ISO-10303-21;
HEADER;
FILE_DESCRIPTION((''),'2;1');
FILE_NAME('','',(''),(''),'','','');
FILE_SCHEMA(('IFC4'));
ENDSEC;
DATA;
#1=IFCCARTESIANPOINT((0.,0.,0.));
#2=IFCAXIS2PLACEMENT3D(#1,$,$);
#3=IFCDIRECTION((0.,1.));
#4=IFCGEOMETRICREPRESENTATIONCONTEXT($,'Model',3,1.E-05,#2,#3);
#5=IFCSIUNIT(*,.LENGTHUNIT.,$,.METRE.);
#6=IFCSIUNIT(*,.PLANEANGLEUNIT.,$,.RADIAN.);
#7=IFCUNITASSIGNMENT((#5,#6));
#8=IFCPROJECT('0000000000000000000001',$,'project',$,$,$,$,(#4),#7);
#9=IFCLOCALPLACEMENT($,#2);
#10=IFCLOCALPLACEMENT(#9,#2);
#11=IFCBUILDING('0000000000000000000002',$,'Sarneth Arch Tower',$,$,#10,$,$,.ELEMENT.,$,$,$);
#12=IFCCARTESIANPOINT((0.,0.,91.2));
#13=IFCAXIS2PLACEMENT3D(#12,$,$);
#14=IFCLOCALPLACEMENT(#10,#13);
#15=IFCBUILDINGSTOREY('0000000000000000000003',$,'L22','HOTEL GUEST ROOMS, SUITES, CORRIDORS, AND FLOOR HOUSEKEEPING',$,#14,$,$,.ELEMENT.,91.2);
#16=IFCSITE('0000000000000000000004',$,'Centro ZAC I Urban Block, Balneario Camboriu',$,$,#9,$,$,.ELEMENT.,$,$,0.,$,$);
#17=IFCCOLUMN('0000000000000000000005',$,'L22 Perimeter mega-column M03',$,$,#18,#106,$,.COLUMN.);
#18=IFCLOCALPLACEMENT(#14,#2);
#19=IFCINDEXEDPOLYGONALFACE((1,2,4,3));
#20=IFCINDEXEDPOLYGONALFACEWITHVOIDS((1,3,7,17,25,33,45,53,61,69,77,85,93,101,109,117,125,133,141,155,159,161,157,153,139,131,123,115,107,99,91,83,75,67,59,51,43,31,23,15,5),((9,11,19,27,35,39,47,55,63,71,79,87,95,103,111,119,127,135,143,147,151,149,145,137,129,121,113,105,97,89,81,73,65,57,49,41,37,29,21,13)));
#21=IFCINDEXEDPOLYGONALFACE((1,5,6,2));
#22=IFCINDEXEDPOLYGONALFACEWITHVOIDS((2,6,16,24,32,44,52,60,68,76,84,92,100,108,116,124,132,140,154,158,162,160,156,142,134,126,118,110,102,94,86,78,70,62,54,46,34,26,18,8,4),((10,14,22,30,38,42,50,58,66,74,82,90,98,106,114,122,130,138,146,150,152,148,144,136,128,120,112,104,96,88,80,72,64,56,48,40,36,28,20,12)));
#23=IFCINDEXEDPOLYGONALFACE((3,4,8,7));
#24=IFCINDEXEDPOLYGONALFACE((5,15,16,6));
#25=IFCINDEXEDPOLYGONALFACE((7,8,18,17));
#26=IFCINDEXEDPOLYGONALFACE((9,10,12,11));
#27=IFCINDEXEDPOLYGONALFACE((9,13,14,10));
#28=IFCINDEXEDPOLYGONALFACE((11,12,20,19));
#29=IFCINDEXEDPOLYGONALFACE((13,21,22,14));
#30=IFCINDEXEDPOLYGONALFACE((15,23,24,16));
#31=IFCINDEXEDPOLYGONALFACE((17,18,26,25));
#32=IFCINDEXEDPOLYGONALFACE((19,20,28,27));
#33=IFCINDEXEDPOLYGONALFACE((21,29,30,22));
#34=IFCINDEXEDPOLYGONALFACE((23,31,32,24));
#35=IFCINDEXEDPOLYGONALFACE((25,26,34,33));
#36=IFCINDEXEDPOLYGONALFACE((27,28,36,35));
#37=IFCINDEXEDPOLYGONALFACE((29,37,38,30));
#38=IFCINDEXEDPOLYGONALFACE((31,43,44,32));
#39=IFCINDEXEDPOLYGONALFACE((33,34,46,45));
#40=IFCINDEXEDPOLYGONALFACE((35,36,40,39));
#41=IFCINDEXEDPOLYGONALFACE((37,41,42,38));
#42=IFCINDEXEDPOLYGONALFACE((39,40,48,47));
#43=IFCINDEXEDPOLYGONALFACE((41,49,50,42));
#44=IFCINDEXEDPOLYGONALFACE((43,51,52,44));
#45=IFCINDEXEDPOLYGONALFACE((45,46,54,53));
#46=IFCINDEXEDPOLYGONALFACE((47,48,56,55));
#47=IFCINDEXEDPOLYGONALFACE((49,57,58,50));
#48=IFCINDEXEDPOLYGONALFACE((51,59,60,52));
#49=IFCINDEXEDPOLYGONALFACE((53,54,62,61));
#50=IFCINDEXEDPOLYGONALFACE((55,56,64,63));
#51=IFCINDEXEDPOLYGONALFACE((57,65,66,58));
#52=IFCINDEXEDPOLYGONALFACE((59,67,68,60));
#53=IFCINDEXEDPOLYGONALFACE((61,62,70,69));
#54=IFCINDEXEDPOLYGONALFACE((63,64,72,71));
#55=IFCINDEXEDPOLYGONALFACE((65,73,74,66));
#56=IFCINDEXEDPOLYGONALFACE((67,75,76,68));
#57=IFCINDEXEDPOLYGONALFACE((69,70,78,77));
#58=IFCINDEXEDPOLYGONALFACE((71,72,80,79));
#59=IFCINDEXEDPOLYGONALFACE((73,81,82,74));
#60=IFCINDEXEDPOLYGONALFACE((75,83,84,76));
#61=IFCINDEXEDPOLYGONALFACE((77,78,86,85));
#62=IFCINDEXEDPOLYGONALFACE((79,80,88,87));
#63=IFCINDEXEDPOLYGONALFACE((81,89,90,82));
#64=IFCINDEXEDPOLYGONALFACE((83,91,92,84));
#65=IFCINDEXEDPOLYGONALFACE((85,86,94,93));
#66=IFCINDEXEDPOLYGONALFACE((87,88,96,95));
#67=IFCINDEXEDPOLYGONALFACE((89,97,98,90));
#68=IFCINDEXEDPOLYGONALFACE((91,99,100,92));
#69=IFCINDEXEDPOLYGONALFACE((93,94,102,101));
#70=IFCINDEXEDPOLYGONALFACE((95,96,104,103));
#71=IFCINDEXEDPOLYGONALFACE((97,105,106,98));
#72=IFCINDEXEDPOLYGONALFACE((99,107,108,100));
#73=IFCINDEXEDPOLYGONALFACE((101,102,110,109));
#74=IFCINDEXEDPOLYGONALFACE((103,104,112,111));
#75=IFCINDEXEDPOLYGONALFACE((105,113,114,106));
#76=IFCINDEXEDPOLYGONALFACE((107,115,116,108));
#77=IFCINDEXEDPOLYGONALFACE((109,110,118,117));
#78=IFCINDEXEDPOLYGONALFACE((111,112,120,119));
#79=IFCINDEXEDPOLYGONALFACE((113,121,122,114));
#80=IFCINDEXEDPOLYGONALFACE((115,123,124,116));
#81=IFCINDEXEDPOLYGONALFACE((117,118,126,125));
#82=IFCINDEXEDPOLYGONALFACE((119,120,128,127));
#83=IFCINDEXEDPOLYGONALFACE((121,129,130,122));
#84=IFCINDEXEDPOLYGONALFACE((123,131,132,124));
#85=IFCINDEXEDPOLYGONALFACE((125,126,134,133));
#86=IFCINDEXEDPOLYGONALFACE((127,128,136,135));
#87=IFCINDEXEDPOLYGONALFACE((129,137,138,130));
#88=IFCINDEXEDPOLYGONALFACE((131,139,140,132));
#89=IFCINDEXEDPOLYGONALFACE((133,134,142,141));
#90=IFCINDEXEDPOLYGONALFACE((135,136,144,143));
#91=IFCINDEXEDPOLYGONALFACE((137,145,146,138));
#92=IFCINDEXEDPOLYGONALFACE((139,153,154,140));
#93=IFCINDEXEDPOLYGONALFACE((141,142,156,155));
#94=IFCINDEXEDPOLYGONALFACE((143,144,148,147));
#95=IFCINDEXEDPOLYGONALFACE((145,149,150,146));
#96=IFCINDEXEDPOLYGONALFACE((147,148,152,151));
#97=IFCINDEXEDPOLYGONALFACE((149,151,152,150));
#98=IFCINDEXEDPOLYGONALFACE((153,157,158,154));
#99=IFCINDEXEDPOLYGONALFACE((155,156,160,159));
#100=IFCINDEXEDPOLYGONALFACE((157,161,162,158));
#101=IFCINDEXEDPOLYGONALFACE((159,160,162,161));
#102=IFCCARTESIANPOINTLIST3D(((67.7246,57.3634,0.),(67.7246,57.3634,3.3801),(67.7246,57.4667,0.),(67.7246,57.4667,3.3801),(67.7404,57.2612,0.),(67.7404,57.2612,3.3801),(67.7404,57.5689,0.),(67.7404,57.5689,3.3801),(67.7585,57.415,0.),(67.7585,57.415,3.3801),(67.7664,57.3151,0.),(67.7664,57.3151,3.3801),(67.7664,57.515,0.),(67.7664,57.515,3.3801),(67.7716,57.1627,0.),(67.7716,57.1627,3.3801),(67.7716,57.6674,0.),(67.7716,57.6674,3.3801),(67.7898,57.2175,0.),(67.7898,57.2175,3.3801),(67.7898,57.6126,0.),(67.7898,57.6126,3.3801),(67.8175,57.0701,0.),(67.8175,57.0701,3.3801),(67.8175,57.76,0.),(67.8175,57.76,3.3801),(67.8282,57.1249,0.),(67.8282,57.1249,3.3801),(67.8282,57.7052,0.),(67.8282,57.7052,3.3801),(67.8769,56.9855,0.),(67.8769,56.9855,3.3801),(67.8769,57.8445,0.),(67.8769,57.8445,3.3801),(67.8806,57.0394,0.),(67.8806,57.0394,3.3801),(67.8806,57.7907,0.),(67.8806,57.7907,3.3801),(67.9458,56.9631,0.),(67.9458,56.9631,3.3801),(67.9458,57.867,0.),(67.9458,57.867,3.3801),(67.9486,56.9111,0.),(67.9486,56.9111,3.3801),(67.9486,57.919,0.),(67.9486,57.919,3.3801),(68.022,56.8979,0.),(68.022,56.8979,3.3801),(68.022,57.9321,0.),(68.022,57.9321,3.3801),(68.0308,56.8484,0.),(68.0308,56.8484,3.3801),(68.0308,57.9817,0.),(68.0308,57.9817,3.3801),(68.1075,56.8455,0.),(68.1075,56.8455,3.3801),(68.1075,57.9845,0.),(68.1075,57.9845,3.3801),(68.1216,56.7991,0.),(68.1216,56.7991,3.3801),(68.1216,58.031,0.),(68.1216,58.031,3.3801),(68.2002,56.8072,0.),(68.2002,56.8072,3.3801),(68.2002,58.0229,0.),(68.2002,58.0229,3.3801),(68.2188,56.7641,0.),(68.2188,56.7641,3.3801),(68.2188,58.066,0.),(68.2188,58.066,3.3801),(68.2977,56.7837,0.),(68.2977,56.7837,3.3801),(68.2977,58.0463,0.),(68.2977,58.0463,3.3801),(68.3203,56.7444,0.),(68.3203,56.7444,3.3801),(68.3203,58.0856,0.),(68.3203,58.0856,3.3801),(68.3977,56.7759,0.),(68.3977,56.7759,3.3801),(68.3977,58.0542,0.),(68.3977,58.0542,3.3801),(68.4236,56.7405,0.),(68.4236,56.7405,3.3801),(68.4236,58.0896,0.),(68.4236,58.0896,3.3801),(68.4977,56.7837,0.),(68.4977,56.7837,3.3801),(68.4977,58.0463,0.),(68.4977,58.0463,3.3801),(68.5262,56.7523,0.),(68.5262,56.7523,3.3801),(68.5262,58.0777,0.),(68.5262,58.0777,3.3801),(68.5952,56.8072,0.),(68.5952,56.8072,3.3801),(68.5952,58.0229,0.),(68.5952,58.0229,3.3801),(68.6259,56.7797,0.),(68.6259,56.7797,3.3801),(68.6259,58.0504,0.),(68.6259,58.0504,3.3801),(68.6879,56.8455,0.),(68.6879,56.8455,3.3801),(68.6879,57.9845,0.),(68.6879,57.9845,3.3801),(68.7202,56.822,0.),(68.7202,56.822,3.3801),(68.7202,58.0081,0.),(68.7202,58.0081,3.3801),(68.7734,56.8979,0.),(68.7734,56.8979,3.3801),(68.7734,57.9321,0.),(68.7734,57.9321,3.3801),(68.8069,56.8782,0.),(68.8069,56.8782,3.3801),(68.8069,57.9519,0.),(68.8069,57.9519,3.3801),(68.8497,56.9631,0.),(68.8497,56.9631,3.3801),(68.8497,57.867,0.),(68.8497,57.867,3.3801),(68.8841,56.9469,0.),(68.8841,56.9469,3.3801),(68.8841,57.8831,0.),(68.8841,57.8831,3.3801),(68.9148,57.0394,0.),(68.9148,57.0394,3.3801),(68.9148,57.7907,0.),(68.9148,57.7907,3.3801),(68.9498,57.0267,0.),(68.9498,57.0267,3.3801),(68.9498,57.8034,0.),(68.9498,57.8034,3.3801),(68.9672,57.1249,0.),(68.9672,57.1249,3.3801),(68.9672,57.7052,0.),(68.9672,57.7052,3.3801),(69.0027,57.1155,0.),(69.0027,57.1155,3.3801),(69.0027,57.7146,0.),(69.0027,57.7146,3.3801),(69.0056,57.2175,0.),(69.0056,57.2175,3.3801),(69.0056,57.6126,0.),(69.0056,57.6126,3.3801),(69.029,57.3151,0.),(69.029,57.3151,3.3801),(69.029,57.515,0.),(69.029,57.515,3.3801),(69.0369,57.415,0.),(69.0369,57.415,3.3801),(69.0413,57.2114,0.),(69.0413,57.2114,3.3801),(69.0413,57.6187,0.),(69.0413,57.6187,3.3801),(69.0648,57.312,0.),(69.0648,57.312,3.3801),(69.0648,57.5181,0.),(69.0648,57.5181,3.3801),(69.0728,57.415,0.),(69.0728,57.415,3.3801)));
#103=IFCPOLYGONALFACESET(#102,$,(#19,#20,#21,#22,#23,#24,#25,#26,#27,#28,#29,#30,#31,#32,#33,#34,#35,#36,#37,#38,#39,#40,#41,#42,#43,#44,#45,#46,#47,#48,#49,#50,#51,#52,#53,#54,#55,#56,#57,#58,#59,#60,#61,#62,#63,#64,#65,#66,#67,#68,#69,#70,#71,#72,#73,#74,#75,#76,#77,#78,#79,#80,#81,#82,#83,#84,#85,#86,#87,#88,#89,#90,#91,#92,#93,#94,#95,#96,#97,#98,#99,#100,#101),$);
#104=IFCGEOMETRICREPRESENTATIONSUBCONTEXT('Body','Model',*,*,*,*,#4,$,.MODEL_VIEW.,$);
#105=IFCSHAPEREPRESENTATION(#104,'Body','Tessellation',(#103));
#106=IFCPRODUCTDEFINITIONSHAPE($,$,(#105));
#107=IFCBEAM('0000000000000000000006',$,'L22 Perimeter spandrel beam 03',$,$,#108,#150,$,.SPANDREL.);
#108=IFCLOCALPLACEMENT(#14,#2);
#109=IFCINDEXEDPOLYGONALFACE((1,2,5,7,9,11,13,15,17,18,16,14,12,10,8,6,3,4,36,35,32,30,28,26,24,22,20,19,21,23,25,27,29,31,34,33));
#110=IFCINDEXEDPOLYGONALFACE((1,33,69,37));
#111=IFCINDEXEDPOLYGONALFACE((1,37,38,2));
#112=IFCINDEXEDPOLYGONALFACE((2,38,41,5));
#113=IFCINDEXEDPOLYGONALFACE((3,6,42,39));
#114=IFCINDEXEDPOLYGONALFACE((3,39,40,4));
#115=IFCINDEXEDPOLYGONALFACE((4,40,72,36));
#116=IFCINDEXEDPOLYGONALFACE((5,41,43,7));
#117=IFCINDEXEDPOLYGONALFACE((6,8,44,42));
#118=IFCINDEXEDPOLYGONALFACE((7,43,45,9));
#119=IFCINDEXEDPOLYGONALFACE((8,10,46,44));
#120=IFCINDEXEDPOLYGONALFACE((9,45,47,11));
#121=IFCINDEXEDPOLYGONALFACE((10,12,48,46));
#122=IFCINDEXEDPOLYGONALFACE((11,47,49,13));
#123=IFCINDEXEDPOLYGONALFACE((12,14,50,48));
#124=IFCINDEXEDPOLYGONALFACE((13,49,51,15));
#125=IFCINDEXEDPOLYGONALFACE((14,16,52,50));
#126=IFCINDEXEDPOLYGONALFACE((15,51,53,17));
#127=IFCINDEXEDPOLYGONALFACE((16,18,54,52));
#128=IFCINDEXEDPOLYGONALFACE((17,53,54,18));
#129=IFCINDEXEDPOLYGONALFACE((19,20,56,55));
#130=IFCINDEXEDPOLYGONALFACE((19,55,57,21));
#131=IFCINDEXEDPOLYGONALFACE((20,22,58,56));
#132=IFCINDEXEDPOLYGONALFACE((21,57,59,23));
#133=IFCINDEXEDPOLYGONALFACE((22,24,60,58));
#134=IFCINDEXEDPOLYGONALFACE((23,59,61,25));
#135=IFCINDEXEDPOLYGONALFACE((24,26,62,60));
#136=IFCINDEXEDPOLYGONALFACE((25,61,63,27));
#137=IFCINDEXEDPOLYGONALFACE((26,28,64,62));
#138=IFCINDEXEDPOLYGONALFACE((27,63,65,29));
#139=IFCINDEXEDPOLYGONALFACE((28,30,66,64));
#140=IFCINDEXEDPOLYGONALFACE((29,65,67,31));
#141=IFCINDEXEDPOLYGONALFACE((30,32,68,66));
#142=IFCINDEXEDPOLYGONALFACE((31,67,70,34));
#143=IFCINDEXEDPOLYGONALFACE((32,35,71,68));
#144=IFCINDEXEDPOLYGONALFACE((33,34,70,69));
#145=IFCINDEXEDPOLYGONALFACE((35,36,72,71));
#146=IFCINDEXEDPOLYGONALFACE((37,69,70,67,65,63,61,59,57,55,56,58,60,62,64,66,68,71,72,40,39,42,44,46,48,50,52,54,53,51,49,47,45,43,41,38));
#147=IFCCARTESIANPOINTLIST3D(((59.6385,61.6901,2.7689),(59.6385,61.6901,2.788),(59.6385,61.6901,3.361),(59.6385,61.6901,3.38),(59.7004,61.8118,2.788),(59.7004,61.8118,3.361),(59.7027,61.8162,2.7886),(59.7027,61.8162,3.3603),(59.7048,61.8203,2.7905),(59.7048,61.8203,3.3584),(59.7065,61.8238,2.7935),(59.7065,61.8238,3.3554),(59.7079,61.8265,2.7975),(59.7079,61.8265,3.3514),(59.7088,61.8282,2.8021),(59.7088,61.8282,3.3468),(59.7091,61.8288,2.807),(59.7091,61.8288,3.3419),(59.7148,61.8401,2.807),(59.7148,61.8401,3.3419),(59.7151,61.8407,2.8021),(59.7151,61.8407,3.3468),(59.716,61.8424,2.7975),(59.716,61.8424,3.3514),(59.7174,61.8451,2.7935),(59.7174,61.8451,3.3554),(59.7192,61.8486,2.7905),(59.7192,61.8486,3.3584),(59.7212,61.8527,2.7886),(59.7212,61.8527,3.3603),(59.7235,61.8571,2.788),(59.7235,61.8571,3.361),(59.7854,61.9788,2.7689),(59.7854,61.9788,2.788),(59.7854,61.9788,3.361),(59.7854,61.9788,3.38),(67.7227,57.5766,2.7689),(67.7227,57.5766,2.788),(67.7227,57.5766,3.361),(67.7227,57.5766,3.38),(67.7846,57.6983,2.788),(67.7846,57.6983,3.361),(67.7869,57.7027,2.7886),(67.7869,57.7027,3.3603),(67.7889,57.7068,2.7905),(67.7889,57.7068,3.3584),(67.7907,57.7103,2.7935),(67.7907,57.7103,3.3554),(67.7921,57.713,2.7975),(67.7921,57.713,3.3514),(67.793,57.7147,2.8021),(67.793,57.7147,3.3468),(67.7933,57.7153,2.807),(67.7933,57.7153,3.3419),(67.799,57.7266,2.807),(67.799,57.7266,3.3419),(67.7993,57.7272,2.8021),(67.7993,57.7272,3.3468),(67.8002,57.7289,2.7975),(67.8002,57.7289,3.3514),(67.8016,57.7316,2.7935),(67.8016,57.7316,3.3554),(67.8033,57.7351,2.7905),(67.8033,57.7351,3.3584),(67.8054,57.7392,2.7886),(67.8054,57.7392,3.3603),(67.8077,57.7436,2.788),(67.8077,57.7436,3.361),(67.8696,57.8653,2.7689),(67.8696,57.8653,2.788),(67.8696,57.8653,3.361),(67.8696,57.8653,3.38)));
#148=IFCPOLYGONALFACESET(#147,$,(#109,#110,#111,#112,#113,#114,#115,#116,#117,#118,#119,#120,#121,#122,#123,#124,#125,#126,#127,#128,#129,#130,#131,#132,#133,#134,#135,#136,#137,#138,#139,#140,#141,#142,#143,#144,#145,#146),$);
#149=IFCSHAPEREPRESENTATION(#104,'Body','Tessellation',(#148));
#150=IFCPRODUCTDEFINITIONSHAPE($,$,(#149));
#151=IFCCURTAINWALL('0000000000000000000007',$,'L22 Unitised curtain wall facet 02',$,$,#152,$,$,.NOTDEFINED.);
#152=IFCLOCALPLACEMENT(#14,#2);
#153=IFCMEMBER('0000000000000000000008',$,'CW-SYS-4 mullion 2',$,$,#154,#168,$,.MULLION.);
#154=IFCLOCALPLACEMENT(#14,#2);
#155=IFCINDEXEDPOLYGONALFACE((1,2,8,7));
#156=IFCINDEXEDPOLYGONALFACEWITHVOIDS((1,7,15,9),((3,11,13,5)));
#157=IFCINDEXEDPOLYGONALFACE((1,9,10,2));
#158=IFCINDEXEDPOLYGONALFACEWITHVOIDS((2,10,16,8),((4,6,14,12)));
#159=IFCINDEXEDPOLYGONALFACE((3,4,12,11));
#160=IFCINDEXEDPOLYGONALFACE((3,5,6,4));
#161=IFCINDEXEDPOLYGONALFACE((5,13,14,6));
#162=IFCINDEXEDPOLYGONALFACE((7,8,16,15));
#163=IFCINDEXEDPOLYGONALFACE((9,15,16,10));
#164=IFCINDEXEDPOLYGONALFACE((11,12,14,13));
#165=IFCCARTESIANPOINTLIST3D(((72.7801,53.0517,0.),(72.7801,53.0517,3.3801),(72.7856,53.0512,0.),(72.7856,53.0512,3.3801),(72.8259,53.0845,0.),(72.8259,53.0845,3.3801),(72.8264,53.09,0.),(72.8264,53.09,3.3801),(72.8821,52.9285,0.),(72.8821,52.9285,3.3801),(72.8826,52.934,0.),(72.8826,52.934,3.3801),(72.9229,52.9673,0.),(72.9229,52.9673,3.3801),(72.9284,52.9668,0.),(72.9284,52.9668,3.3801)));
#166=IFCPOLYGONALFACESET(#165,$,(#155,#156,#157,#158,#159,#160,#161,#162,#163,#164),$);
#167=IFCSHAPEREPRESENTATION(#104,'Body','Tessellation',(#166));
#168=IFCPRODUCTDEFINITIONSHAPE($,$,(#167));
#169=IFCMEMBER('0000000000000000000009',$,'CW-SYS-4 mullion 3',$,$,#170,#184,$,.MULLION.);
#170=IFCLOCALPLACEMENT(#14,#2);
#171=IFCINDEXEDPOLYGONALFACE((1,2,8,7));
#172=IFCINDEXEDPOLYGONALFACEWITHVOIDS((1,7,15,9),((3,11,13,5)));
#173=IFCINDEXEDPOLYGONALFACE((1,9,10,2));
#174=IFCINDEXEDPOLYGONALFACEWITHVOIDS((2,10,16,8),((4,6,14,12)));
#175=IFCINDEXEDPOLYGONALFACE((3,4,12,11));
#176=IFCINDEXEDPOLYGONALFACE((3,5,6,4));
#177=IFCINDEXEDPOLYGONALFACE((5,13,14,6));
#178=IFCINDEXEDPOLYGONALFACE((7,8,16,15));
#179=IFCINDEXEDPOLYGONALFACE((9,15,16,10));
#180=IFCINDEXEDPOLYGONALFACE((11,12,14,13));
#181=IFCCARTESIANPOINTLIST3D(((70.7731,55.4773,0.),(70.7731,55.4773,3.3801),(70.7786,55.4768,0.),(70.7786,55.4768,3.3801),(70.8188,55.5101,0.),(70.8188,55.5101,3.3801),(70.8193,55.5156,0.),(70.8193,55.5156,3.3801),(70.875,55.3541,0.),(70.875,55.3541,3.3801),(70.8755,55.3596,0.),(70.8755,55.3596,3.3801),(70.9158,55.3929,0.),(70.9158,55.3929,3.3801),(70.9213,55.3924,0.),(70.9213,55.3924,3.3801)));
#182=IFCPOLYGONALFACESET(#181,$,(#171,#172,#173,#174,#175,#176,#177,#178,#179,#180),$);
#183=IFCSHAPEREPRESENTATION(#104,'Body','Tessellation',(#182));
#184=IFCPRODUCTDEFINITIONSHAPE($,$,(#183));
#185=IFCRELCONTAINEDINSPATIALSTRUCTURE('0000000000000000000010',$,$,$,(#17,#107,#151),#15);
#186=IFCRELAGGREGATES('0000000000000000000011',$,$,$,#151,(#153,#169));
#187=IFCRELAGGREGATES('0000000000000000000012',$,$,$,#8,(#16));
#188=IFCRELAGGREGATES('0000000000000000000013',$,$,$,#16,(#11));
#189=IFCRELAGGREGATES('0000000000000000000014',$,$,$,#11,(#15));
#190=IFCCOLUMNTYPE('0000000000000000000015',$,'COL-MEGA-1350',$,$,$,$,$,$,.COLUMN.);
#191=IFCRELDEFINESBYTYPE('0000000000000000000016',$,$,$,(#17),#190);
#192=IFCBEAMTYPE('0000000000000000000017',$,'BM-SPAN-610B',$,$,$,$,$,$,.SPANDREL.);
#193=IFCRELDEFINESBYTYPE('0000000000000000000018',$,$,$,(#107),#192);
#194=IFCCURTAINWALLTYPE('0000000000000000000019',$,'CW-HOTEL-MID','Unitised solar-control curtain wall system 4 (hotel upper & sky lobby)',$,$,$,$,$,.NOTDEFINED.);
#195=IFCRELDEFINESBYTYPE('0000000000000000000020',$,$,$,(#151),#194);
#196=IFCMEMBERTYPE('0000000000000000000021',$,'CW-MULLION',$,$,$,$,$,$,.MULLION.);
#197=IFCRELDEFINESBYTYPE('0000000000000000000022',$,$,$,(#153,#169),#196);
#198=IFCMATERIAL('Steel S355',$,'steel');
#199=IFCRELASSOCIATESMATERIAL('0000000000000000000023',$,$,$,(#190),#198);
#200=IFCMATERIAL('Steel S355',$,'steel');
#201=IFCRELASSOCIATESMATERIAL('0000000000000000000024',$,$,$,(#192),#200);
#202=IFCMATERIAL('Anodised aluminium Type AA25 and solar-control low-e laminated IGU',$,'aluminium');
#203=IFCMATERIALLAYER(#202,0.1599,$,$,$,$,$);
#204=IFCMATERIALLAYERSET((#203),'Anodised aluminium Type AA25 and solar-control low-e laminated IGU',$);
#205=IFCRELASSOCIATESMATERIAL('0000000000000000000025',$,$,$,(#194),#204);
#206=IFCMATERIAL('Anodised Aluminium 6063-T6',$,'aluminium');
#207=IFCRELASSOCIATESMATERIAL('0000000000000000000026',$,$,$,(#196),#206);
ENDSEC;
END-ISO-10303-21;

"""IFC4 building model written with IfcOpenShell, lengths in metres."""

from ifc_helpers import new_model, si_unit, direction, frame, origin, origin_2d, place, context, subcontext, project, spatial, hollow_rectangle, hollow_circle, i_section, extrude, material, layer, layer_set, material_profile, profile_set, type_object, element, aggregate, save


model = new_model("IFC4")

# Units and contexts
model_context = context("Model", 3, precision=1e-05, world=origin(), true_north=direction((0.0, 1.0)))
body_context = subcontext(model_context, "Body", "Model", "MODEL_VIEW")
ifc_project = project(units=[si_unit("LENGTHUNIT", "METRE"), si_unit("PLANEANGLEUNIT", "RADIAN")], contexts=[model_context])

# Site, building, storey
site_placement = place(None, origin())
site = spatial("IfcSite", under=ifc_project, at=site_placement, Name="Centro ZAC I Urban Block, Balneario Camboriu", CompositionType="ELEMENT", RefElevation=0.0)
building_placement = place(site_placement, origin())
building = spatial("IfcBuilding", under=site, at=building_placement, Name="Sarneth Arch Tower", CompositionType="ELEMENT")
storey_placement = place(building_placement, frame((0.0, 0.0, 91.2)))
storey = spatial("IfcBuildingStorey", under=building, at=storey_placement, Name="L22", Description="HOTEL GUEST ROOMS, SUITES, CORRIDORS, AND FLOOR HOUSEKEEPING", CompositionType="ELEMENT", Elevation=91.2)

# Column
ifc_material_1 = material(Name="Steel S355", Category="steel")
ifc_material_profile_1 = material_profile(ifc_material_1, hollow_circle(Radius=0.675, WallThickness=0.0359, at=origin_2d()), Name="CHS1350x36")
ifc_profile_set_1 = profile_set([ifc_material_profile_1], Name="Steel S355")
column_type = type_object("IfcColumnType", Name="COL-MEGA-1350", PredefinedType="COLUMN", material=ifc_profile_set_1)
column_placement = place(storey_placement, frame((68.3977, 57.415, 0.0), z_axis=(0.0, 0.0, 1.0), x_axis=(1.0, 0.0, 0.0)))
element("IfcColumn", 1, at=column_placement, inside=storey, type_object=column_type, Name="L22 Perimeter mega-column M03", PredefinedType="COLUMN", context=body_context, shape_type="SweptSolid", body=[
    extrude(hollow_circle(Radius=0.675, WallThickness=0.0359, at=origin_2d()), origin(), (0.0, 0.0, 1.0), 3.3801),
])

# Beam
ifc_material_2 = material(Name="Steel S355", Category="steel")
ifc_material_profile_2 = material_profile(ifc_material_2, i_section(OverallWidth=0.324, OverallDepth=0.6111, WebThickness=0.0127, FlangeThickness=0.019, FilletRadius=0.019, at=origin_2d()), Name="W610x155")
ifc_profile_set_2 = profile_set([ifc_material_profile_2], Name="Steel S355")
beam_type = type_object("IfcBeamType", Name="BM-SPAN-610B", PredefinedType="SPANDREL", material=ifc_profile_set_2)
beam_placement = place(storey_placement, frame((67.7961, 57.7209, 3.0745), z_axis=(-0.891256, 0.453501, 0.0), x_axis=(-0.453501, -0.891256, 0.0)))
element("IfcBeam", 2, at=beam_placement, inside=storey, type_object=beam_type, Name="L22 Perimeter spandrel beam 03", PredefinedType="SPANDREL", context=body_context, shape_type="SweptSolid", body=[
    extrude(i_section(OverallWidth=0.324, OverallDepth=0.6111, WebThickness=0.0127, FlangeThickness=0.019, FilletRadius=0.019, at=origin_2d()), origin(), (0.0, 0.0, 1.0), 9.0706),
])

# Curtain wall, members
ifc_material_3 = material(Name="Anodised aluminium Type AA25 and solar-control low-e laminated IGU", Category="aluminium")
ifc_layer_1 = layer(ifc_material_3, 0.1599)
ifc_layer_set_1 = layer_set([ifc_layer_1], Name="Anodised aluminium Type AA25 and solar-control low-e laminated IGU")
curtain_wall_type = type_object("IfcCurtainWallType", Name="CW-HOTEL-MID", Description="Unitised solar-control curtain wall system 4 (hotel upper & sky lobby)", PredefinedType="NOTDEFINED", material=ifc_layer_set_1)
curtain_wall_placement = place(storey_placement, origin())
curtain_wall = element("IfcCurtainWall", 3, at=curtain_wall_placement, inside=storey, type_object=curtain_wall_type, Name="L22 Unitised curtain wall facet 02", PredefinedType="NOTDEFINED")
ifc_material_4 = material(Name="Anodised Aluminium 6063-T6", Category="aluminium")
ifc_material_profile_3 = material_profile(ifc_material_4, hollow_rectangle(XDim=0.0601, YDim=0.1599, WallThickness=0.0039, at=origin_2d()), Name="AL-MULL-160x60x4")
ifc_profile_set_3 = profile_set([ifc_material_profile_3], Name="Anodised Aluminium 6063-T6")
member_type_1 = type_object("IfcMemberType", Name="CW-MULLION", PredefinedType="MULLION", material=ifc_profile_set_3)
member_1_placement = place(storey_placement, frame((72.8542, 53.0093, 0.0), z_axis=(0.0, 0.0, 1.0), x_axis=(-0.770438, -0.637515, 0.0)))
member_1 = element("IfcMember", 4, at=member_1_placement, type_object=member_type_1, Name="CW-SYS-4 mullion 2", PredefinedType="MULLION", context=body_context, shape_type="SweptSolid", body=[
    extrude(hollow_rectangle(XDim=0.0601, YDim=0.1599, WallThickness=0.0039, at=origin_2d()), origin(), (0.0, 0.0, 1.0), 3.3801),
])
member_2_placement = place(storey_placement, frame((70.8472, 55.4348, 0.0), z_axis=(0.0, 0.0, 1.0), x_axis=(-0.770438, -0.637515, 0.0)))
member_2 = element("IfcMember", 5, at=member_2_placement, type_object=member_type_1, Name="CW-SYS-4 mullion 3", PredefinedType="MULLION", context=body_context, shape_type="SweptSolid", body=[
    extrude(hollow_rectangle(XDim=0.0601, YDim=0.1599, WallThickness=0.0039, at=origin_2d()), origin(), (0.0, 0.0, 1.0), 3.3801),
])

aggregate(curtain_wall, [member_1, member_2])

save(model, "model.ifc")
